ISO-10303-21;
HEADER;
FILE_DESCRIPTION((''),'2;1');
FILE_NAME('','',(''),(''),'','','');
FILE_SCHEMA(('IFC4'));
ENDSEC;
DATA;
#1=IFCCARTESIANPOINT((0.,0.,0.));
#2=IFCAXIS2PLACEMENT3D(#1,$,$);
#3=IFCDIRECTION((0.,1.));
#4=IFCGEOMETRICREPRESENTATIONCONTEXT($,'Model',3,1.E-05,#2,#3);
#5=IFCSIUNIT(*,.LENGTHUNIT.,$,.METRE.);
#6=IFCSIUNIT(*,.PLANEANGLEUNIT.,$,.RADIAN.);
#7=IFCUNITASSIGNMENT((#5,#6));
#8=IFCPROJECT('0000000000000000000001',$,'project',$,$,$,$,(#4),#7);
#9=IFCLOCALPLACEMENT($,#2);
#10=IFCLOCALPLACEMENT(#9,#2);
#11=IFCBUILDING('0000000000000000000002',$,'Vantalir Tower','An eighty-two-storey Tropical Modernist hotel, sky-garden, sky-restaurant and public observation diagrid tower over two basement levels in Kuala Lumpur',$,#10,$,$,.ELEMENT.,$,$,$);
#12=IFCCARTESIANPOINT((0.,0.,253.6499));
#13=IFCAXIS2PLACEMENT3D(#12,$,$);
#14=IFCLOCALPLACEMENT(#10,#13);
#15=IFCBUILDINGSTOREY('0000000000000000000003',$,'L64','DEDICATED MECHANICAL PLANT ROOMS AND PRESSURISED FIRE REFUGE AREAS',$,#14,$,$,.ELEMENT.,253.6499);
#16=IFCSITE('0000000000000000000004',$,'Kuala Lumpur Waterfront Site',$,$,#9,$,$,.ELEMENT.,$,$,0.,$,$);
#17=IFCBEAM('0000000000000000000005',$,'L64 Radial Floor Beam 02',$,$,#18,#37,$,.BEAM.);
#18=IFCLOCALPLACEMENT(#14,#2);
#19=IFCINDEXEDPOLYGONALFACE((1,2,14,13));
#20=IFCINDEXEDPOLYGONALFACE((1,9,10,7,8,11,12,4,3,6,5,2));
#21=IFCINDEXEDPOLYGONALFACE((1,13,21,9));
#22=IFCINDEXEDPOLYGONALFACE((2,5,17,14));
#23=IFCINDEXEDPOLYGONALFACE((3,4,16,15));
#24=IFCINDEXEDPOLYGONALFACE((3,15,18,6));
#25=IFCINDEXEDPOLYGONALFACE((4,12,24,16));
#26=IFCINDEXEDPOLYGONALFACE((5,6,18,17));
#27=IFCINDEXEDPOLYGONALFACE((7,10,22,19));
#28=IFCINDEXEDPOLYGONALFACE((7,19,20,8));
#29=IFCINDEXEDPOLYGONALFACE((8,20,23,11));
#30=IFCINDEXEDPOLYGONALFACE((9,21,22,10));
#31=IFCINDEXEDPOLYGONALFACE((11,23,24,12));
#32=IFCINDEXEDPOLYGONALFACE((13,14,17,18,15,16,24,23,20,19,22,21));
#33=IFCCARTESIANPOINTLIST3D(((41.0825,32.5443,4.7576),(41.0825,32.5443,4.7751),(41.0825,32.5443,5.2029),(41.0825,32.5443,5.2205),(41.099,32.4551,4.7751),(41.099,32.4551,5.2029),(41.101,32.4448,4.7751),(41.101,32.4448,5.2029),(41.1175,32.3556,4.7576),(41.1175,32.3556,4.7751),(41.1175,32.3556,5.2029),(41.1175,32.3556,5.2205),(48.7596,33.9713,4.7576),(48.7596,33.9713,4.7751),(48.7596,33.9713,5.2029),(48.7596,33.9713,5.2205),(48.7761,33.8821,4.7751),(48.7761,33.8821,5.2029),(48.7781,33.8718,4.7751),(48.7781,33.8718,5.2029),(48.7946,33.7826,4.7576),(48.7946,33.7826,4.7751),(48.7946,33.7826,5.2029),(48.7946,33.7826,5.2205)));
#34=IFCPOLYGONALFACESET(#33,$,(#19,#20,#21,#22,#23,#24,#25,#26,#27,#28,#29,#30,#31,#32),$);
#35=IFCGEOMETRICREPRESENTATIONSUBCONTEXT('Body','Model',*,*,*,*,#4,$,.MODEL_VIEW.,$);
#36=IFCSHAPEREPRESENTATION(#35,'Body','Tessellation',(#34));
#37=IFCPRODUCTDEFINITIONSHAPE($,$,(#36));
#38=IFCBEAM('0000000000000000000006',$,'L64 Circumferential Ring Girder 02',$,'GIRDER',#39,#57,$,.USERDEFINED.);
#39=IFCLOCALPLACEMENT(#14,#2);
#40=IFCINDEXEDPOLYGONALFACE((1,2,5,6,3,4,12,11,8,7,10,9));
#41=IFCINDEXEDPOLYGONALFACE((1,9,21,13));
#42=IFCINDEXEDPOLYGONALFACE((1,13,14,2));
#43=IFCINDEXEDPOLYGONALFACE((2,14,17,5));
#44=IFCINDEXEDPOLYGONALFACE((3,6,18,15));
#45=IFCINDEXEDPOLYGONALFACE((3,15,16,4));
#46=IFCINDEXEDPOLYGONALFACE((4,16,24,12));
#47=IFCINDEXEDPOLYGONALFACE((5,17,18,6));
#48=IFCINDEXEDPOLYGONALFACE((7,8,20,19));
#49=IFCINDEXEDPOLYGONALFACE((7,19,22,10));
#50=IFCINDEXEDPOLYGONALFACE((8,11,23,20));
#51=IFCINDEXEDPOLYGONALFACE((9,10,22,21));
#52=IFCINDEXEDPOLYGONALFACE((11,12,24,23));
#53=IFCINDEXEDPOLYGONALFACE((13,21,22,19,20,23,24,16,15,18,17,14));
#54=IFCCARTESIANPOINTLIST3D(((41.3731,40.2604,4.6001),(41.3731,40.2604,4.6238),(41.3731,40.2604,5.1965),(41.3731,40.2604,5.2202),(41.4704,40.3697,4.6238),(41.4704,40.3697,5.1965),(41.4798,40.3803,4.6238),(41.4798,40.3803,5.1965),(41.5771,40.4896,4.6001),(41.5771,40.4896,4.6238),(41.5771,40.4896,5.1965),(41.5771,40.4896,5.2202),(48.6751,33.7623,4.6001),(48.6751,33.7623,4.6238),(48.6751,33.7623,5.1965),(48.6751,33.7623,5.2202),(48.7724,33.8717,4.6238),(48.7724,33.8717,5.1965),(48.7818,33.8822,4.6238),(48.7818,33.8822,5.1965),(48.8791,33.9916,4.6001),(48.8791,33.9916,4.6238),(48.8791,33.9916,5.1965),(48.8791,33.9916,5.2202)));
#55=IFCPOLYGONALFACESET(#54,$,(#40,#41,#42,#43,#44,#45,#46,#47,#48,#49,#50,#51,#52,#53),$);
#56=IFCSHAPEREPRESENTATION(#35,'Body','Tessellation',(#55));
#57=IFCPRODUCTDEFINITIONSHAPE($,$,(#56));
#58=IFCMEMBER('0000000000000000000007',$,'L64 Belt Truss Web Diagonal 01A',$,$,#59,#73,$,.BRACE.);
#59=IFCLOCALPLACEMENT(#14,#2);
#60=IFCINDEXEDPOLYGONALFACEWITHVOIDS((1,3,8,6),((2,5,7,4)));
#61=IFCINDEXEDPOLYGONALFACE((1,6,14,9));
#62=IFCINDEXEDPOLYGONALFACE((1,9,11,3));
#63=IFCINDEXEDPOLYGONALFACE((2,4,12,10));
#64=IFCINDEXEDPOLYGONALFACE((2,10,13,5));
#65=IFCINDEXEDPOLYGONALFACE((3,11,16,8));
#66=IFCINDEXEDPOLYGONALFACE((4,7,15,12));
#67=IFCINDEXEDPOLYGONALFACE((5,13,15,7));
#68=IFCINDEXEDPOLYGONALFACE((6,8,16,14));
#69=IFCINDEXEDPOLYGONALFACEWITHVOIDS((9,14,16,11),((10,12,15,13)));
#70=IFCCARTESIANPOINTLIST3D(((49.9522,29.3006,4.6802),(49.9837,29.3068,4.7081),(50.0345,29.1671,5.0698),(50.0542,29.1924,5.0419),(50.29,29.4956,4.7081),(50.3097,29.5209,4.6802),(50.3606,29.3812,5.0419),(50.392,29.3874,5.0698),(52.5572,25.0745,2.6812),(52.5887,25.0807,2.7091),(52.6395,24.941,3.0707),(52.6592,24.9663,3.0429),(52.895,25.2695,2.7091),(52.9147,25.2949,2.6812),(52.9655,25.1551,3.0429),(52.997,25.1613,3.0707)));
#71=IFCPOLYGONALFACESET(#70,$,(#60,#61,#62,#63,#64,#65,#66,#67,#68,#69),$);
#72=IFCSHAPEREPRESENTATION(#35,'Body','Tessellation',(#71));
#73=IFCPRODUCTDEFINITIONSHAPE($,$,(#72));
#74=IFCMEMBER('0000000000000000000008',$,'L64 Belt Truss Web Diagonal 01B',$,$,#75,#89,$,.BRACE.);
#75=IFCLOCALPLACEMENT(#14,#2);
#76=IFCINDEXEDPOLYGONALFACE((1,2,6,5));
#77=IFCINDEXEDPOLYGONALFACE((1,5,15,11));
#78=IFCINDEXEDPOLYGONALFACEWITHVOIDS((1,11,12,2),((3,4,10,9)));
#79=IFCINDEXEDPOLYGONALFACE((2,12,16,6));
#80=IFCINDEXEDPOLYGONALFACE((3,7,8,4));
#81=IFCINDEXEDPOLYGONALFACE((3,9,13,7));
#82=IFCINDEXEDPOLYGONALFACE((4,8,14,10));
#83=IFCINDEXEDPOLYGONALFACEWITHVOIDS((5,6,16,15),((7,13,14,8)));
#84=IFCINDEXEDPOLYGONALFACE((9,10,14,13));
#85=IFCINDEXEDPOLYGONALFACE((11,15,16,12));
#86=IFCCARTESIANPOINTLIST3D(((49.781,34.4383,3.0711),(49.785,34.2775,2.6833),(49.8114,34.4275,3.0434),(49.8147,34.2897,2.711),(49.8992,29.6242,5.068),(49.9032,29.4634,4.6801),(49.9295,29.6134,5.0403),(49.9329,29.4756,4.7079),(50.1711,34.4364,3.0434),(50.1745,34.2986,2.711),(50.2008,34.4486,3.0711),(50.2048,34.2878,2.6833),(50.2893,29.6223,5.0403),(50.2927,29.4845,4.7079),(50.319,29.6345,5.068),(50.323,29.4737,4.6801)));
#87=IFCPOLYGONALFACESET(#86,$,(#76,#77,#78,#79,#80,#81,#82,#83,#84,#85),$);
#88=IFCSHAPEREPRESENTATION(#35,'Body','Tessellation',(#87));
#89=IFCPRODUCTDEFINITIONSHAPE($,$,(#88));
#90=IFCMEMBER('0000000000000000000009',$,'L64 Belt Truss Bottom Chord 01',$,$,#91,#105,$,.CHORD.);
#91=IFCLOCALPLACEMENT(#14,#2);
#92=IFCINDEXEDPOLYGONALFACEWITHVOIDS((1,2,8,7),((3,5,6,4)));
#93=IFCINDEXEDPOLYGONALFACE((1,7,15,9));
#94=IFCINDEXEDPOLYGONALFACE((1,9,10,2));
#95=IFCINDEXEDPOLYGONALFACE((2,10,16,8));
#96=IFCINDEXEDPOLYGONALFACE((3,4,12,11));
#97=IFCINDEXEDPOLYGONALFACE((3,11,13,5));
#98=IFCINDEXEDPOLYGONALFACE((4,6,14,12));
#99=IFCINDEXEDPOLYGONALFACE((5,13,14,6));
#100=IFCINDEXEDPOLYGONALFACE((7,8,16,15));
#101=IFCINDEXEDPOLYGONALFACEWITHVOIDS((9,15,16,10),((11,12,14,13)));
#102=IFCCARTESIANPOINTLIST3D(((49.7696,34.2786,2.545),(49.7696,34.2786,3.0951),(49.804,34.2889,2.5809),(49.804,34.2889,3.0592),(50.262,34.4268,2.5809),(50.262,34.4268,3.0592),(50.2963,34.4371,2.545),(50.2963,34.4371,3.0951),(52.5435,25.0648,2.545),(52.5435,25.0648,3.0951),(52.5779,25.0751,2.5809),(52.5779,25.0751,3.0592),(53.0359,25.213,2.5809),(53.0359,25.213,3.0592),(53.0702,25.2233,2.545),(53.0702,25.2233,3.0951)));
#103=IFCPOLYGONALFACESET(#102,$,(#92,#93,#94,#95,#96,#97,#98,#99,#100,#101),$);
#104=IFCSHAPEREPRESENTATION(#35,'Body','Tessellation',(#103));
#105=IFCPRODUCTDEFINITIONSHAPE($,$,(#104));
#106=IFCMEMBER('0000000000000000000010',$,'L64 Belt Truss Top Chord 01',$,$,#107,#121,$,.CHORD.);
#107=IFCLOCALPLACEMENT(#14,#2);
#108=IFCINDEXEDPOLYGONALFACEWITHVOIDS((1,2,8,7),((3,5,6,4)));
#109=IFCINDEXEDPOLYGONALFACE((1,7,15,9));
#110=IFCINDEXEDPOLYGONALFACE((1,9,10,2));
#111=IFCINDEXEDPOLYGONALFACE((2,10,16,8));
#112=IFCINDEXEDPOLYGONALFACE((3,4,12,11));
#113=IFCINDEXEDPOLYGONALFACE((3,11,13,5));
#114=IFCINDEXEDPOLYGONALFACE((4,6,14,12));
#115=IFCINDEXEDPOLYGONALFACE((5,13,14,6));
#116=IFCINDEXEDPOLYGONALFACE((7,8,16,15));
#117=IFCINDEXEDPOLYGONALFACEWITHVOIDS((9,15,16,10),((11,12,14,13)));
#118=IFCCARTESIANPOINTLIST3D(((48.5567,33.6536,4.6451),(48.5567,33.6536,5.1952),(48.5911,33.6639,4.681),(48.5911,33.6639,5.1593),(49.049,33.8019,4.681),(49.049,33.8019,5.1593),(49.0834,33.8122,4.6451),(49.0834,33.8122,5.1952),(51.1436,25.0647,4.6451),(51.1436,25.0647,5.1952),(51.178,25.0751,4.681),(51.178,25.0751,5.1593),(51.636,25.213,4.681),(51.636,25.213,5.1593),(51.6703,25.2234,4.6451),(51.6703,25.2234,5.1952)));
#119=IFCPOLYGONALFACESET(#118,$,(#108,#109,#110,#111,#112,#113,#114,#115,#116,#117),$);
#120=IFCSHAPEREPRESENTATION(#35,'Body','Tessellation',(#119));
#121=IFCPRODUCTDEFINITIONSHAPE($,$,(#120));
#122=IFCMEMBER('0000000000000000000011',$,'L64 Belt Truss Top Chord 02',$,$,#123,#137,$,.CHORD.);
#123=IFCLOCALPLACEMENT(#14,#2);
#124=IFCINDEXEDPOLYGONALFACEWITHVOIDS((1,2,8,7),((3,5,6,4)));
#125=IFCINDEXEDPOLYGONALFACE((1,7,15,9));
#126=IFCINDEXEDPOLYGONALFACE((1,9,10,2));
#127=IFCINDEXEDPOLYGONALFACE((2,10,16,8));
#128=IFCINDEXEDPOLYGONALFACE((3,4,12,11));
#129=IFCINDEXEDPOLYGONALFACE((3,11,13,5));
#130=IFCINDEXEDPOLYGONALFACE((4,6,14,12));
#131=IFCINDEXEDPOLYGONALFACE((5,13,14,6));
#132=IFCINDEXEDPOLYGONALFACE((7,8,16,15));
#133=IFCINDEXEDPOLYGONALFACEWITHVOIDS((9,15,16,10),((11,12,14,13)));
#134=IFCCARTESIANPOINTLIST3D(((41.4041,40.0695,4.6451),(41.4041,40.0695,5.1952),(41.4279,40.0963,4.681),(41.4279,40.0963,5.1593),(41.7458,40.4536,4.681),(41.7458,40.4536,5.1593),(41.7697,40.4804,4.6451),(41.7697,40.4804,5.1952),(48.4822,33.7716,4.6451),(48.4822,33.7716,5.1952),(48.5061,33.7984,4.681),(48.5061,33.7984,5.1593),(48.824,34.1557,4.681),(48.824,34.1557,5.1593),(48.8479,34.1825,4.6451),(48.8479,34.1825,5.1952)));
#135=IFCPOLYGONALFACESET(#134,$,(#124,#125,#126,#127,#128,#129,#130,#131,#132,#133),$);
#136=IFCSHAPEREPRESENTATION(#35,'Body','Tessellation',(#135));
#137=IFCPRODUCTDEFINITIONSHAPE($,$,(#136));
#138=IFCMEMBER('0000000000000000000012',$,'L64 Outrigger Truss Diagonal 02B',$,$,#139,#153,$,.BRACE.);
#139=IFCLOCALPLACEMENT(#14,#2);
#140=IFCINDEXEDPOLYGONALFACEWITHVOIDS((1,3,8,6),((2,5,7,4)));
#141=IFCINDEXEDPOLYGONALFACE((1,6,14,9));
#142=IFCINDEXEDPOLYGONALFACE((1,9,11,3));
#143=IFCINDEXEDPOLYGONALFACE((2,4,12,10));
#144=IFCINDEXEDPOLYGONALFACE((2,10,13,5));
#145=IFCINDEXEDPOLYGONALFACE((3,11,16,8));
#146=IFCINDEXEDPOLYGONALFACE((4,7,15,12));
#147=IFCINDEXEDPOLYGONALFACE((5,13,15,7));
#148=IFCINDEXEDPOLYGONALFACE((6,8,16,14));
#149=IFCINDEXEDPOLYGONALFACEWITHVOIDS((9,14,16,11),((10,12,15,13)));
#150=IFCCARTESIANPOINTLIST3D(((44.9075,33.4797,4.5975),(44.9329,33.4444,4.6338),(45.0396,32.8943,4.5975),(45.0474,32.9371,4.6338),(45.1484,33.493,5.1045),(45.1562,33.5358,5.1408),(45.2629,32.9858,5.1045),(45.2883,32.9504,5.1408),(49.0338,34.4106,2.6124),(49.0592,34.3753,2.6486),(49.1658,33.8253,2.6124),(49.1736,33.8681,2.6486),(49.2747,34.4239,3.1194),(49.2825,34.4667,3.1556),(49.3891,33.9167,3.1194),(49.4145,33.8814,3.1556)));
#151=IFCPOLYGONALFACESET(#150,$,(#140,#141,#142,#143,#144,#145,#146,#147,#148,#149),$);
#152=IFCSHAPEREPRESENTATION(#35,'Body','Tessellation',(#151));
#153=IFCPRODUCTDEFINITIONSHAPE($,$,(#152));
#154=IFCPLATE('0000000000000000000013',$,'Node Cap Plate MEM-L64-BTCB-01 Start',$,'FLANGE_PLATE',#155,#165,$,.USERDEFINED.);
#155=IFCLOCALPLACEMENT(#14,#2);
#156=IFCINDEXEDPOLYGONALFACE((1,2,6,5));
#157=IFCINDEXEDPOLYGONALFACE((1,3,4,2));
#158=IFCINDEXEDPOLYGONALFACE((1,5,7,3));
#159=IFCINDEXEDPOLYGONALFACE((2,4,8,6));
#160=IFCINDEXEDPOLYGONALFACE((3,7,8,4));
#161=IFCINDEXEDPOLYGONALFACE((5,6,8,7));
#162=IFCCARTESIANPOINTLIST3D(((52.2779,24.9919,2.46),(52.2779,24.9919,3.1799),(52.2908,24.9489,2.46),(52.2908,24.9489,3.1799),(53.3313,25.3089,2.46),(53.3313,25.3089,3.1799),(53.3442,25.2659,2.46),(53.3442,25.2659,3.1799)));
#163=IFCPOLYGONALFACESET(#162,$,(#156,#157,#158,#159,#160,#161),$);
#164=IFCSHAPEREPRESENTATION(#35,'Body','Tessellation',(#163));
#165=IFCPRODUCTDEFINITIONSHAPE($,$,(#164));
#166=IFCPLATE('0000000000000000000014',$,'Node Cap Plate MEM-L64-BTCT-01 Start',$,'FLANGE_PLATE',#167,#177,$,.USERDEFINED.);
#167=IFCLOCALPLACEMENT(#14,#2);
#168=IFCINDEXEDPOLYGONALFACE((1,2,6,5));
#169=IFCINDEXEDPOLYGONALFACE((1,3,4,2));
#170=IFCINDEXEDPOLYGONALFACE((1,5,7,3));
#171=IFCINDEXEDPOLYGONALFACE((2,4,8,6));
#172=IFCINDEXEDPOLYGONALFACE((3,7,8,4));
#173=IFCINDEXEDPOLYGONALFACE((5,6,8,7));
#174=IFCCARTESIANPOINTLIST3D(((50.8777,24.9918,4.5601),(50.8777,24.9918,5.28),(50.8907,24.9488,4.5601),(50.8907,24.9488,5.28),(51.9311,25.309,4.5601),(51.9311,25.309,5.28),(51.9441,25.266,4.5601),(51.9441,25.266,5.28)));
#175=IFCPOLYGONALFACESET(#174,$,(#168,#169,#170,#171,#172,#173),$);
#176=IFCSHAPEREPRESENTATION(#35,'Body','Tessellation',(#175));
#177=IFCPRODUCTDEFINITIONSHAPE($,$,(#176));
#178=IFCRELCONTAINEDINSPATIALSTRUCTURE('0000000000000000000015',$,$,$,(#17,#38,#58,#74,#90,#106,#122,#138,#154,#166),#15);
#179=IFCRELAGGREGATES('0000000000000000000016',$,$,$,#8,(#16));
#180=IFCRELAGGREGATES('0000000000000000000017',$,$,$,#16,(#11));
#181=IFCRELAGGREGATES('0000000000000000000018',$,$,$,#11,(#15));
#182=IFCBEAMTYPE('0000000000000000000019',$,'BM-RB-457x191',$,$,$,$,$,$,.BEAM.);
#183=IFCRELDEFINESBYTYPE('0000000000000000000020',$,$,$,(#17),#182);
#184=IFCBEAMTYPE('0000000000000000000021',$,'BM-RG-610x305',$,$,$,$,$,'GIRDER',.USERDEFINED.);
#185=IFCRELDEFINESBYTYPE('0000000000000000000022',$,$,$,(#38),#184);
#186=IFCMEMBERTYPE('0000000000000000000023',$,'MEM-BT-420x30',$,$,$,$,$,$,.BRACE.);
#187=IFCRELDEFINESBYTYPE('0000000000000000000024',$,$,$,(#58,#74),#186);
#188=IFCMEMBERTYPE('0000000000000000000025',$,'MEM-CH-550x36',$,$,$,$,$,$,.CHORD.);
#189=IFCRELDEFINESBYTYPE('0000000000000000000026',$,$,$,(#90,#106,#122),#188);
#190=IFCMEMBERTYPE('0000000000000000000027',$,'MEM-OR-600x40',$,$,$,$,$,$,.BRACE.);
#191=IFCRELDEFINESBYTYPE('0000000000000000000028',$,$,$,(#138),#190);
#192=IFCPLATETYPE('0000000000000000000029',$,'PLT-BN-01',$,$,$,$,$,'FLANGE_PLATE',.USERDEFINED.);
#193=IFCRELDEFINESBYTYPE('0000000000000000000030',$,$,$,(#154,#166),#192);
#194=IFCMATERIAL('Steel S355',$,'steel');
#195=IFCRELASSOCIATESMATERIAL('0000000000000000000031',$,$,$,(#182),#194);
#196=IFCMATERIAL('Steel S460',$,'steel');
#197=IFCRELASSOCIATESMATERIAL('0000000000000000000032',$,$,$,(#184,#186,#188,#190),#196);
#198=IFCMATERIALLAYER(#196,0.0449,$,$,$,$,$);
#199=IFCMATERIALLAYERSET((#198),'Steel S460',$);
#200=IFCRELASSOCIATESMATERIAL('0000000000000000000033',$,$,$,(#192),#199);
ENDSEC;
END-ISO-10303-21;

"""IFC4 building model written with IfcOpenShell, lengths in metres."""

from ifc_helpers import new_model, si_unit, direction, frame, origin, origin_2d, place, context, subcontext, project, spatial, rectangle, hollow_rectangle, i_section, extrude, material, layer, layer_set, material_profile, profile_set, type_object, element, save


model = new_model("IFC4")

# Units and contexts
model_context = context("Model", 3, precision=1e-05, world=origin(), true_north=direction((0.0, 1.0)))
body_context = subcontext(model_context, "Body", "Model", "MODEL_VIEW")
ifc_project = project(units=[si_unit("LENGTHUNIT", "METRE"), si_unit("PLANEANGLEUNIT", "RADIAN")], contexts=[model_context])

# Site, building, storey
site_placement = place(None, origin())
site = spatial("IfcSite", under=ifc_project, at=site_placement, Name="Kuala Lumpur Waterfront Site", CompositionType="ELEMENT", RefElevation=0.0)
building_placement = place(site_placement, origin())
building = spatial("IfcBuilding", under=site, at=building_placement, Name="Vantalir Tower", Description="An eighty-two-storey Tropical Modernist hotel, sky-garden, sky-restaurant and public observation diagrid tower over two basement levels in Kuala Lumpur", CompositionType="ELEMENT")
storey_placement = place(building_placement, frame((0.0, 0.0, 253.6499)))
storey = spatial("IfcBuildingStorey", under=building, at=storey_placement, Name="L64", Description="DEDICATED MECHANICAL PLANT ROOMS AND PRESSURISED FIRE REFUGE AREAS", CompositionType="ELEMENT", Elevation=253.6499)

# Beams
ifc_material_1 = material(Name="Steel S355", Category="steel")
ifc_material_profile_1 = material_profile(ifc_material_1, i_section(OverallWidth=0.1919, OverallDepth=0.4629, WebThickness=0.0105, FlangeThickness=0.0176, at=origin_2d()), Name="Steel S355")
ifc_profile_set_1 = profile_set([ifc_material_profile_1], Name="Steel S355")
beam_type_1 = type_object("IfcBeamType", Name="BM-RB-457x191", PredefinedType="BEAM", material=ifc_profile_set_1)
beam_1_placement = place(storey_placement, frame((48.7771, 33.877, 4.989), z_axis=(-0.983159, -0.18275, 0.0), x_axis=(0.18275, -0.983159, 0.0)))
element("IfcBeam", 1, at=beam_1_placement, inside=storey, type_object=beam_type_1, Name="L64 Radial Floor Beam 02", PredefinedType="BEAM", context=body_context, shape_type="SweptSolid", body=[
    extrude(i_section(OverallWidth=0.1919, OverallDepth=0.4629, WebThickness=0.0105, FlangeThickness=0.0176, at=origin_2d()), origin(), (0.0, 0.0, 1.0), 7.8086),
])
ifc_material_2 = material(Name="Steel S460", Category="steel")
ifc_material_profile_2 = material_profile(ifc_material_2, i_section(OverallWidth=0.3069, OverallDepth=0.6201, WebThickness=0.0142, FlangeThickness=0.0237, at=origin_2d()), Name="Steel S460")
ifc_profile_set_2 = profile_set([ifc_material_profile_2], Name="Steel S460")
beam_type_2 = type_object("IfcBeamType", Name="BM-RG-610x305", ElementType="GIRDER", PredefinedType="USERDEFINED", material=ifc_profile_set_2)
beam_2_placement = place(storey_placement, frame((48.7771, 33.877, 4.9102), z_axis=(-0.747034, 0.664785, 0.0), x_axis=(-0.664785, -0.747034, 0.0)))
element("IfcBeam", 2, at=beam_2_placement, inside=storey, type_object=beam_type_2, Name="L64 Circumferential Ring Girder 02", ObjectType="GIRDER", PredefinedType="USERDEFINED", context=body_context, shape_type="SweptSolid", body=[
    extrude(i_section(OverallWidth=0.3069, OverallDepth=0.6201, WebThickness=0.0142, FlangeThickness=0.0237, at=origin_2d()), origin(), (0.0, 0.0, 1.0), 9.7747),
])

# Members
ifc_material_profile_3 = material_profile(ifc_material_2, hollow_rectangle(XDim=0.4199, YDim=0.4199, WallThickness=0.03, at=origin_2d()), Name="Steel S460")
ifc_profile_set_3 = profile_set([ifc_material_profile_3], Name="Steel S460")
member_type_1 = type_object("IfcMemberType", Name="MEM-BT-420x30", PredefinedType="BRACE", material=ifc_profile_set_3)
member_1_placement = place(storey_placement, frame((52.7771, 25.1179, 2.876), z_axis=(-0.486749, 0.789655, 0.373524), x_axis=(-0.85127, -0.524728, 0.0)))
element("IfcMember", 3, at=member_1_placement, inside=storey, type_object=member_type_1, Name="L64 Belt Truss Web Diagonal 01A", PredefinedType="BRACE", context=body_context, shape_type="SweptSolid", body=[
    extrude(hollow_rectangle(XDim=0.4199, YDim=0.4199, WallThickness=0.03, at=origin_2d()), origin(), (0.0, 0.0, 1.0), 5.3518),
])
member_2_placement = place(storey_placement, frame((49.9929, 34.363, 2.8772), z_axis=(0.022667, -0.923451, 0.383046), x_axis=(0.999699, 0.024539, 0.0)))
element("IfcMember", 4, at=member_2_placement, inside=storey, type_object=member_type_1, Name="L64 Belt Truss Web Diagonal 01B", PredefinedType="BRACE", context=body_context, shape_type="SweptSolid", body=[
    extrude(hollow_rectangle(XDim=0.4199, YDim=0.4199, WallThickness=0.03, at=origin_2d()), origin(), (0.0, 0.0, 1.0), 5.2131),
])
ifc_material_profile_4 = material_profile(ifc_material_2, hollow_rectangle(XDim=0.55, YDim=0.55, WallThickness=0.0359, at=origin_2d()), Name="Steel S460")
ifc_profile_set_4 = profile_set([ifc_material_profile_4], Name="Steel S460")
member_type_2 = type_object("IfcMemberType", Name="MEM-CH-550x36", PredefinedType="CHORD", material=ifc_profile_set_4)
member_3_placement = place(storey_placement, frame((52.8069, 25.144, 2.8201), z_axis=(-0.288279, 0.957547, 0.0), x_axis=(-0.957547, -0.288279, 0.0)))
element("IfcMember", 5, at=member_3_placement, inside=storey, type_object=member_type_2, Name="L64 Belt Truss Bottom Chord 01", PredefinedType="CHORD", context=body_context, shape_type="SweptSolid", body=[
    extrude(hollow_rectangle(XDim=0.55, YDim=0.55, WallThickness=0.0359, at=origin_2d()), origin(), (0.0, 0.0, 1.0), 9.6223),
])
member_4_placement = place(storey_placement, frame((51.407, 25.144, 4.9202), z_axis=(-0.288396, 0.957511, 0.0), x_axis=(-0.957511, -0.288396, 0.0)))
element("IfcMember", 6, at=member_4_placement, inside=storey, type_object=member_type_2, Name="L64 Belt Truss Top Chord 01", PredefinedType="CHORD", context=body_context, shape_type="SweptSolid", body=[
    extrude(hollow_rectangle(XDim=0.55, YDim=0.55, WallThickness=0.0359, at=origin_2d()), origin(), (0.0, 0.0, 1.0), 8.97),
])
member_5_placement = place(storey_placement, frame((48.665, 33.9771, 4.9202), z_axis=(-0.747085, 0.664728, 0.0), x_axis=(-0.664728, -0.747085, 0.0)))
element("IfcMember", 7, at=member_5_placement, inside=storey, type_object=member_type_2, Name="L64 Belt Truss Top Chord 02", PredefinedType="CHORD", context=body_context, shape_type="SweptSolid", body=[
    extrude(hollow_rectangle(XDim=0.55, YDim=0.55, WallThickness=0.0359, at=origin_2d()), origin(), (0.0, 0.0, 1.0), 9.4744),
])
ifc_material_profile_5 = material_profile(ifc_material_2, hollow_rectangle(XDim=0.6001, YDim=0.6001, WallThickness=0.04, at=origin_2d()), Name="Steel S460")
ifc_profile_set_5 = profile_set([ifc_material_profile_5], Name="Steel S460")
member_type_3 = type_object("IfcMemberType", Name="MEM-OR-600x40", PredefinedType="BRACE", material=ifc_profile_set_5)
member_6_placement = place(storey_placement, frame((45.0979, 33.2151, 4.8691), z_axis=(0.883072, 0.199228, -0.424842), x_axis=(-0.220077, 0.975483, 0.0)))
element("IfcMember", 8, at=member_6_placement, inside=storey, type_object=member_type_3, Name="L64 Outrigger Truss Diagonal 02B", PredefinedType="BRACE", context=body_context, shape_type="SweptSolid", body=[
    extrude(hollow_rectangle(XDim=0.6001, YDim=0.6001, WallThickness=0.04, at=origin_2d()), origin(), (0.0, 0.0, 1.0), 4.6726),
])

# Plates
ifc_layer_1 = layer(ifc_material_2, 0.0449)
ifc_layer_set_1 = layer_set([ifc_layer_1], Name="Steel S460")
plate_type_1 = type_object("IfcPlateType", Name="PLT-BN-01", ElementType="FLANGE_PLATE", PredefinedType="USERDEFINED", material=ifc_layer_set_1)
for number, where, z_axis, x_axis, name in (
    (9, (52.811, 25.1289, 2.46), (0.0, 0.0, 1.0), (-0.288213, 0.957566, 0.0), "Node Cap Plate MEM-L64-BTCB-01 Start"),
    (10, (51.4109, 25.1289, 4.5601), (0.0, 0.0, 1.0), (-0.28833, 0.957531, 0.0), "Node Cap Plate MEM-L64-BTCT-01 Start"),
):
    element("IfcPlate", number, at=place(storey_placement, frame(where, z_axis=z_axis, x_axis=x_axis)), inside=storey, type_object=plate_type_1, Name=name, ObjectType="FLANGE_PLATE", PredefinedType="USERDEFINED", context=body_context, shape_type="SweptSolid", body=[
        extrude(rectangle(XDim=0.0449, YDim=1.1001, at=origin_2d()), origin(), (0.0, 0.0, 1.0), 0.72),
    ])

save(model, "model.ifc")
